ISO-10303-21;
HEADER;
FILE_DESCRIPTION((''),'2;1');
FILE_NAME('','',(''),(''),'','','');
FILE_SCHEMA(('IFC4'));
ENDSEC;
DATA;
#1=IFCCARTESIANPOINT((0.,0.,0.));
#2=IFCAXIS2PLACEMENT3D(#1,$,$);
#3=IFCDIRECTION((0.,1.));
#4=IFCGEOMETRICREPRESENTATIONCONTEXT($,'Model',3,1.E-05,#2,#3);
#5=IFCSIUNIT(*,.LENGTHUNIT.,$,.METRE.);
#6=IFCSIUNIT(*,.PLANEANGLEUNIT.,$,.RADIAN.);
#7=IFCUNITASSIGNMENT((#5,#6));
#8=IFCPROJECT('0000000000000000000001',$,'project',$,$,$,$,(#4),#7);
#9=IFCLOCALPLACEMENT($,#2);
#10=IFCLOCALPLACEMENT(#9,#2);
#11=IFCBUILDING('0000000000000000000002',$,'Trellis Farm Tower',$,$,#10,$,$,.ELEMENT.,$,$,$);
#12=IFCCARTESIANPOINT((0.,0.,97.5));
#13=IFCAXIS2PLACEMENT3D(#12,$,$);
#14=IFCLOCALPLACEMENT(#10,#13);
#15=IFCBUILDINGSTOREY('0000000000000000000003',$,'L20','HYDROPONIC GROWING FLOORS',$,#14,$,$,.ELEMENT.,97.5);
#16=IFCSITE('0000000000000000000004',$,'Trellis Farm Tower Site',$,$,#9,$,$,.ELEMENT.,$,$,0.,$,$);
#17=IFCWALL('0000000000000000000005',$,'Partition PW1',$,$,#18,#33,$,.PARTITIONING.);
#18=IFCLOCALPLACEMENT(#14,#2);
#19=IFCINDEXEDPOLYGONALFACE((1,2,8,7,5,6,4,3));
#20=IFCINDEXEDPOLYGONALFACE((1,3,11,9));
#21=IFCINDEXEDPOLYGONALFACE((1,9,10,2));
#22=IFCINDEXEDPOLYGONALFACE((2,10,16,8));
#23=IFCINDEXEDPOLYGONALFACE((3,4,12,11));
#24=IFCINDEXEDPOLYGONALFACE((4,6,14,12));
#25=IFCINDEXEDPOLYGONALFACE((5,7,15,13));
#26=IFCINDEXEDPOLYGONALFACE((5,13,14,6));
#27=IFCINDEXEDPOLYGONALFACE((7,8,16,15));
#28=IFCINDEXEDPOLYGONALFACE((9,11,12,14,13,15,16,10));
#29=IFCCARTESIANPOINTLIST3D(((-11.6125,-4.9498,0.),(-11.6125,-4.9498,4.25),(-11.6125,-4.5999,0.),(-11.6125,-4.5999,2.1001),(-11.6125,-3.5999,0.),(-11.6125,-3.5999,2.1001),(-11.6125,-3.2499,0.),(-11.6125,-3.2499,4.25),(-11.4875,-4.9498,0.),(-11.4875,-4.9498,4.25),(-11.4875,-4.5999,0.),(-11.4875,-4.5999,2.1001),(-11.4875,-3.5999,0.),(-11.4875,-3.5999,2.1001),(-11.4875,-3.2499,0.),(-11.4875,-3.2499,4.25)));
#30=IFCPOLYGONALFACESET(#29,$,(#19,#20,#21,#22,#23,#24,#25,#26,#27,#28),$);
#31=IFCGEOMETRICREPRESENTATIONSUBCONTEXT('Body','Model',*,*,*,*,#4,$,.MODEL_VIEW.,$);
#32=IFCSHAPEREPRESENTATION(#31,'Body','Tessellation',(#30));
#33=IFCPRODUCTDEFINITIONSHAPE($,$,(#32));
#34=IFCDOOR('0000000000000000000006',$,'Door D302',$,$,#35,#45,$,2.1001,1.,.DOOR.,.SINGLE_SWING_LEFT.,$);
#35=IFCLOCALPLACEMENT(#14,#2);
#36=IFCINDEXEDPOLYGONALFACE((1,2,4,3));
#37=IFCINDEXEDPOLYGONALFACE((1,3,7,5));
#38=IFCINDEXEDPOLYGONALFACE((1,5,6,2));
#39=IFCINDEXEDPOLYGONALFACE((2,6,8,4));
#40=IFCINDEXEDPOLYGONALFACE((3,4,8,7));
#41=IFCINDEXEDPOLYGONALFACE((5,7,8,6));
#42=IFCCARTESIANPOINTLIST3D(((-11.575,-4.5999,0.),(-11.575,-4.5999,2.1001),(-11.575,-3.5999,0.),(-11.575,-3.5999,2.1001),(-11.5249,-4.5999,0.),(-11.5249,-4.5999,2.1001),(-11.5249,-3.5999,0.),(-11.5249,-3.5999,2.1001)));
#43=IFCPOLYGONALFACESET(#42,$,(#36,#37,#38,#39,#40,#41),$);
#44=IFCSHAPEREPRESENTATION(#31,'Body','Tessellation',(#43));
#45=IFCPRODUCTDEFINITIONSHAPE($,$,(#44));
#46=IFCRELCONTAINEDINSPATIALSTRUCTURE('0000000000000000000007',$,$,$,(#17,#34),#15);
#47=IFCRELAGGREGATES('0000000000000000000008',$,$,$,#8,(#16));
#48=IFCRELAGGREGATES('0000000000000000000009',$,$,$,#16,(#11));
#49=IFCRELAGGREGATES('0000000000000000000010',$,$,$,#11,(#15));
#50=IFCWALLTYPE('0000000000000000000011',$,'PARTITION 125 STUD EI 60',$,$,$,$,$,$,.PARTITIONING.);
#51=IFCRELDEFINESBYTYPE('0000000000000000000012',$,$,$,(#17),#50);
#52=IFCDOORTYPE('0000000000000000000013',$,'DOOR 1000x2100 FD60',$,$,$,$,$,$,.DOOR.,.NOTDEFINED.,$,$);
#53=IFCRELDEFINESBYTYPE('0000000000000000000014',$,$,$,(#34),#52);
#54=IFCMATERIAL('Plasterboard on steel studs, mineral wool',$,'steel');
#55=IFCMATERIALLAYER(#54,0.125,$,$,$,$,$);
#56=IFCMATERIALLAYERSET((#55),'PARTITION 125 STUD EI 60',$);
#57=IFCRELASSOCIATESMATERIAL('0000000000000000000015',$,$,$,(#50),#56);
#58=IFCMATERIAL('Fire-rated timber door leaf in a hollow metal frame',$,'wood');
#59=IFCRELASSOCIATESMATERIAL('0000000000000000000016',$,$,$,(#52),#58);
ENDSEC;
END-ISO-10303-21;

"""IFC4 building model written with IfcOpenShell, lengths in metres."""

from ifc_helpers import new_model, si_unit, direction, frame, frame_2d, origin, place, context, subcontext, project, spatial, rectangle, extrude, source, transform, mapped, material, layer, layer_set, type_object, element, fill, save


model = new_model("IFC4")

# Units and contexts
model_context = context("Model", 3, precision=1e-05, world=origin(), true_north=direction((0.0, 1.0)))
body_context = subcontext(model_context, "Body", "Model", "MODEL_VIEW")
ifc_project = project(units=[si_unit("LENGTHUNIT", "METRE"), si_unit("PLANEANGLEUNIT", "RADIAN")], contexts=[model_context])

# Site, building, storey
site_placement = place(None, origin())
site = spatial("IfcSite", under=ifc_project, at=site_placement, Name="Trellis Farm Tower Site", CompositionType="ELEMENT", RefElevation=0.0)
building_placement = place(site_placement, origin())
building = spatial("IfcBuilding", under=site, at=building_placement, Name="Trellis Farm Tower", CompositionType="ELEMENT")
storey_placement = place(building_placement, frame((0.0, 0.0, 97.5)))
storey = spatial("IfcBuildingStorey", under=building, at=storey_placement, Name="L20", Description="HYDROPONIC GROWING FLOORS", CompositionType="ELEMENT", Elevation=97.5)

# Shared definitions
ifc_material_1 = material(Name="Plasterboard on steel studs, mineral wool", Category="steel")
ifc_layer_1 = layer(ifc_material_1, 0.125)
ifc_layer_set_1 = layer_set([ifc_layer_1], Name="PARTITION 125 STUD EI 60")
wall_type_1 = type_object("IfcWallType", Name="PARTITION 125 STUD EI 60", PredefinedType="PARTITIONING", material=ifc_layer_set_1)

# Wall, opening, door
shared_shape_1 = source(origin(), body_context, "Body", "SweptSolid", [
    extrude(rectangle(XDim=1.7, YDim=0.125, at=frame_2d((0.8501, 0.0))), origin(), (0.0, 0.0, 1.0), 4.25),
])
wall_1_placement = place(storey_placement, frame((-11.55, -4.95, 0.0), z_axis=(0.0, 0.0, 1.0), x_axis=(0.0, 1.0, 0.0)))
wall_1 = element("IfcWall", 1, at=wall_1_placement, inside=storey, type_object=wall_type_1, Name="Partition PW1", PredefinedType="PARTITIONING", context=body_context, shape_type="MappedRepresentation", body=[
    mapped(shared_shape_1, transform((0.0, 0.0, 0.0))),
])
shared_shape_2 = source(origin(), body_context, "Body", "SweptSolid", [
    extrude(rectangle(XDim=1.0, YDim=2.1001, at=frame_2d((0.5, 1.05))), frame((0.0, 0.0725, 0.0), z_axis=(0.0, -1.0, 0.0), x_axis=(1.0, 0.0, 0.0)), (0.0, 0.0, 1.0), 0.145),
])
opening_1_placement = place(wall_1_placement, frame((0.3501, 0.0, 0.0)))
opening_1 = element("IfcOpeningElement", 2, at=opening_1_placement, cuts=wall_1, PredefinedType="OPENING", context=body_context, shape_type="MappedRepresentation", body=[
    mapped(shared_shape_2, transform((0.0, 0.0, 0.0))),
])
ifc_material_2 = material(Name="Fire-rated timber door leaf in a hollow metal frame", Category="wood")
door_type_1 = type_object("IfcDoorType", Name="DOOR 1000x2100 FD60", OperationType="NOTDEFINED", PredefinedType="DOOR", material=ifc_material_2)
shared_shape_3 = source(origin(), body_context, "Body", "SweptSolid", [
    extrude(rectangle(XDim=1.0, YDim=2.1001, at=frame_2d((0.5, 1.05))), frame((0.0, 0.0249, 0.0), z_axis=(0.0, -1.0, 0.0), x_axis=(1.0, 0.0, 0.0)), (0.0, 0.0, 1.0), 0.05),
])
door_1_placement = place(opening_1_placement, origin())
door_1 = element("IfcDoor", 3, at=door_1_placement, inside=storey, type_object=door_type_1, Name="Door D302", OperationType="SINGLE_SWING_LEFT", OverallHeight=2.1001, OverallWidth=1.0, PredefinedType="DOOR", context=body_context, shape_type="MappedRepresentation", body=[
    mapped(shared_shape_3, transform((0.0, 0.0, 0.0))),
])
fill(opening_1, door_1)

save(model, "model.ifc")
